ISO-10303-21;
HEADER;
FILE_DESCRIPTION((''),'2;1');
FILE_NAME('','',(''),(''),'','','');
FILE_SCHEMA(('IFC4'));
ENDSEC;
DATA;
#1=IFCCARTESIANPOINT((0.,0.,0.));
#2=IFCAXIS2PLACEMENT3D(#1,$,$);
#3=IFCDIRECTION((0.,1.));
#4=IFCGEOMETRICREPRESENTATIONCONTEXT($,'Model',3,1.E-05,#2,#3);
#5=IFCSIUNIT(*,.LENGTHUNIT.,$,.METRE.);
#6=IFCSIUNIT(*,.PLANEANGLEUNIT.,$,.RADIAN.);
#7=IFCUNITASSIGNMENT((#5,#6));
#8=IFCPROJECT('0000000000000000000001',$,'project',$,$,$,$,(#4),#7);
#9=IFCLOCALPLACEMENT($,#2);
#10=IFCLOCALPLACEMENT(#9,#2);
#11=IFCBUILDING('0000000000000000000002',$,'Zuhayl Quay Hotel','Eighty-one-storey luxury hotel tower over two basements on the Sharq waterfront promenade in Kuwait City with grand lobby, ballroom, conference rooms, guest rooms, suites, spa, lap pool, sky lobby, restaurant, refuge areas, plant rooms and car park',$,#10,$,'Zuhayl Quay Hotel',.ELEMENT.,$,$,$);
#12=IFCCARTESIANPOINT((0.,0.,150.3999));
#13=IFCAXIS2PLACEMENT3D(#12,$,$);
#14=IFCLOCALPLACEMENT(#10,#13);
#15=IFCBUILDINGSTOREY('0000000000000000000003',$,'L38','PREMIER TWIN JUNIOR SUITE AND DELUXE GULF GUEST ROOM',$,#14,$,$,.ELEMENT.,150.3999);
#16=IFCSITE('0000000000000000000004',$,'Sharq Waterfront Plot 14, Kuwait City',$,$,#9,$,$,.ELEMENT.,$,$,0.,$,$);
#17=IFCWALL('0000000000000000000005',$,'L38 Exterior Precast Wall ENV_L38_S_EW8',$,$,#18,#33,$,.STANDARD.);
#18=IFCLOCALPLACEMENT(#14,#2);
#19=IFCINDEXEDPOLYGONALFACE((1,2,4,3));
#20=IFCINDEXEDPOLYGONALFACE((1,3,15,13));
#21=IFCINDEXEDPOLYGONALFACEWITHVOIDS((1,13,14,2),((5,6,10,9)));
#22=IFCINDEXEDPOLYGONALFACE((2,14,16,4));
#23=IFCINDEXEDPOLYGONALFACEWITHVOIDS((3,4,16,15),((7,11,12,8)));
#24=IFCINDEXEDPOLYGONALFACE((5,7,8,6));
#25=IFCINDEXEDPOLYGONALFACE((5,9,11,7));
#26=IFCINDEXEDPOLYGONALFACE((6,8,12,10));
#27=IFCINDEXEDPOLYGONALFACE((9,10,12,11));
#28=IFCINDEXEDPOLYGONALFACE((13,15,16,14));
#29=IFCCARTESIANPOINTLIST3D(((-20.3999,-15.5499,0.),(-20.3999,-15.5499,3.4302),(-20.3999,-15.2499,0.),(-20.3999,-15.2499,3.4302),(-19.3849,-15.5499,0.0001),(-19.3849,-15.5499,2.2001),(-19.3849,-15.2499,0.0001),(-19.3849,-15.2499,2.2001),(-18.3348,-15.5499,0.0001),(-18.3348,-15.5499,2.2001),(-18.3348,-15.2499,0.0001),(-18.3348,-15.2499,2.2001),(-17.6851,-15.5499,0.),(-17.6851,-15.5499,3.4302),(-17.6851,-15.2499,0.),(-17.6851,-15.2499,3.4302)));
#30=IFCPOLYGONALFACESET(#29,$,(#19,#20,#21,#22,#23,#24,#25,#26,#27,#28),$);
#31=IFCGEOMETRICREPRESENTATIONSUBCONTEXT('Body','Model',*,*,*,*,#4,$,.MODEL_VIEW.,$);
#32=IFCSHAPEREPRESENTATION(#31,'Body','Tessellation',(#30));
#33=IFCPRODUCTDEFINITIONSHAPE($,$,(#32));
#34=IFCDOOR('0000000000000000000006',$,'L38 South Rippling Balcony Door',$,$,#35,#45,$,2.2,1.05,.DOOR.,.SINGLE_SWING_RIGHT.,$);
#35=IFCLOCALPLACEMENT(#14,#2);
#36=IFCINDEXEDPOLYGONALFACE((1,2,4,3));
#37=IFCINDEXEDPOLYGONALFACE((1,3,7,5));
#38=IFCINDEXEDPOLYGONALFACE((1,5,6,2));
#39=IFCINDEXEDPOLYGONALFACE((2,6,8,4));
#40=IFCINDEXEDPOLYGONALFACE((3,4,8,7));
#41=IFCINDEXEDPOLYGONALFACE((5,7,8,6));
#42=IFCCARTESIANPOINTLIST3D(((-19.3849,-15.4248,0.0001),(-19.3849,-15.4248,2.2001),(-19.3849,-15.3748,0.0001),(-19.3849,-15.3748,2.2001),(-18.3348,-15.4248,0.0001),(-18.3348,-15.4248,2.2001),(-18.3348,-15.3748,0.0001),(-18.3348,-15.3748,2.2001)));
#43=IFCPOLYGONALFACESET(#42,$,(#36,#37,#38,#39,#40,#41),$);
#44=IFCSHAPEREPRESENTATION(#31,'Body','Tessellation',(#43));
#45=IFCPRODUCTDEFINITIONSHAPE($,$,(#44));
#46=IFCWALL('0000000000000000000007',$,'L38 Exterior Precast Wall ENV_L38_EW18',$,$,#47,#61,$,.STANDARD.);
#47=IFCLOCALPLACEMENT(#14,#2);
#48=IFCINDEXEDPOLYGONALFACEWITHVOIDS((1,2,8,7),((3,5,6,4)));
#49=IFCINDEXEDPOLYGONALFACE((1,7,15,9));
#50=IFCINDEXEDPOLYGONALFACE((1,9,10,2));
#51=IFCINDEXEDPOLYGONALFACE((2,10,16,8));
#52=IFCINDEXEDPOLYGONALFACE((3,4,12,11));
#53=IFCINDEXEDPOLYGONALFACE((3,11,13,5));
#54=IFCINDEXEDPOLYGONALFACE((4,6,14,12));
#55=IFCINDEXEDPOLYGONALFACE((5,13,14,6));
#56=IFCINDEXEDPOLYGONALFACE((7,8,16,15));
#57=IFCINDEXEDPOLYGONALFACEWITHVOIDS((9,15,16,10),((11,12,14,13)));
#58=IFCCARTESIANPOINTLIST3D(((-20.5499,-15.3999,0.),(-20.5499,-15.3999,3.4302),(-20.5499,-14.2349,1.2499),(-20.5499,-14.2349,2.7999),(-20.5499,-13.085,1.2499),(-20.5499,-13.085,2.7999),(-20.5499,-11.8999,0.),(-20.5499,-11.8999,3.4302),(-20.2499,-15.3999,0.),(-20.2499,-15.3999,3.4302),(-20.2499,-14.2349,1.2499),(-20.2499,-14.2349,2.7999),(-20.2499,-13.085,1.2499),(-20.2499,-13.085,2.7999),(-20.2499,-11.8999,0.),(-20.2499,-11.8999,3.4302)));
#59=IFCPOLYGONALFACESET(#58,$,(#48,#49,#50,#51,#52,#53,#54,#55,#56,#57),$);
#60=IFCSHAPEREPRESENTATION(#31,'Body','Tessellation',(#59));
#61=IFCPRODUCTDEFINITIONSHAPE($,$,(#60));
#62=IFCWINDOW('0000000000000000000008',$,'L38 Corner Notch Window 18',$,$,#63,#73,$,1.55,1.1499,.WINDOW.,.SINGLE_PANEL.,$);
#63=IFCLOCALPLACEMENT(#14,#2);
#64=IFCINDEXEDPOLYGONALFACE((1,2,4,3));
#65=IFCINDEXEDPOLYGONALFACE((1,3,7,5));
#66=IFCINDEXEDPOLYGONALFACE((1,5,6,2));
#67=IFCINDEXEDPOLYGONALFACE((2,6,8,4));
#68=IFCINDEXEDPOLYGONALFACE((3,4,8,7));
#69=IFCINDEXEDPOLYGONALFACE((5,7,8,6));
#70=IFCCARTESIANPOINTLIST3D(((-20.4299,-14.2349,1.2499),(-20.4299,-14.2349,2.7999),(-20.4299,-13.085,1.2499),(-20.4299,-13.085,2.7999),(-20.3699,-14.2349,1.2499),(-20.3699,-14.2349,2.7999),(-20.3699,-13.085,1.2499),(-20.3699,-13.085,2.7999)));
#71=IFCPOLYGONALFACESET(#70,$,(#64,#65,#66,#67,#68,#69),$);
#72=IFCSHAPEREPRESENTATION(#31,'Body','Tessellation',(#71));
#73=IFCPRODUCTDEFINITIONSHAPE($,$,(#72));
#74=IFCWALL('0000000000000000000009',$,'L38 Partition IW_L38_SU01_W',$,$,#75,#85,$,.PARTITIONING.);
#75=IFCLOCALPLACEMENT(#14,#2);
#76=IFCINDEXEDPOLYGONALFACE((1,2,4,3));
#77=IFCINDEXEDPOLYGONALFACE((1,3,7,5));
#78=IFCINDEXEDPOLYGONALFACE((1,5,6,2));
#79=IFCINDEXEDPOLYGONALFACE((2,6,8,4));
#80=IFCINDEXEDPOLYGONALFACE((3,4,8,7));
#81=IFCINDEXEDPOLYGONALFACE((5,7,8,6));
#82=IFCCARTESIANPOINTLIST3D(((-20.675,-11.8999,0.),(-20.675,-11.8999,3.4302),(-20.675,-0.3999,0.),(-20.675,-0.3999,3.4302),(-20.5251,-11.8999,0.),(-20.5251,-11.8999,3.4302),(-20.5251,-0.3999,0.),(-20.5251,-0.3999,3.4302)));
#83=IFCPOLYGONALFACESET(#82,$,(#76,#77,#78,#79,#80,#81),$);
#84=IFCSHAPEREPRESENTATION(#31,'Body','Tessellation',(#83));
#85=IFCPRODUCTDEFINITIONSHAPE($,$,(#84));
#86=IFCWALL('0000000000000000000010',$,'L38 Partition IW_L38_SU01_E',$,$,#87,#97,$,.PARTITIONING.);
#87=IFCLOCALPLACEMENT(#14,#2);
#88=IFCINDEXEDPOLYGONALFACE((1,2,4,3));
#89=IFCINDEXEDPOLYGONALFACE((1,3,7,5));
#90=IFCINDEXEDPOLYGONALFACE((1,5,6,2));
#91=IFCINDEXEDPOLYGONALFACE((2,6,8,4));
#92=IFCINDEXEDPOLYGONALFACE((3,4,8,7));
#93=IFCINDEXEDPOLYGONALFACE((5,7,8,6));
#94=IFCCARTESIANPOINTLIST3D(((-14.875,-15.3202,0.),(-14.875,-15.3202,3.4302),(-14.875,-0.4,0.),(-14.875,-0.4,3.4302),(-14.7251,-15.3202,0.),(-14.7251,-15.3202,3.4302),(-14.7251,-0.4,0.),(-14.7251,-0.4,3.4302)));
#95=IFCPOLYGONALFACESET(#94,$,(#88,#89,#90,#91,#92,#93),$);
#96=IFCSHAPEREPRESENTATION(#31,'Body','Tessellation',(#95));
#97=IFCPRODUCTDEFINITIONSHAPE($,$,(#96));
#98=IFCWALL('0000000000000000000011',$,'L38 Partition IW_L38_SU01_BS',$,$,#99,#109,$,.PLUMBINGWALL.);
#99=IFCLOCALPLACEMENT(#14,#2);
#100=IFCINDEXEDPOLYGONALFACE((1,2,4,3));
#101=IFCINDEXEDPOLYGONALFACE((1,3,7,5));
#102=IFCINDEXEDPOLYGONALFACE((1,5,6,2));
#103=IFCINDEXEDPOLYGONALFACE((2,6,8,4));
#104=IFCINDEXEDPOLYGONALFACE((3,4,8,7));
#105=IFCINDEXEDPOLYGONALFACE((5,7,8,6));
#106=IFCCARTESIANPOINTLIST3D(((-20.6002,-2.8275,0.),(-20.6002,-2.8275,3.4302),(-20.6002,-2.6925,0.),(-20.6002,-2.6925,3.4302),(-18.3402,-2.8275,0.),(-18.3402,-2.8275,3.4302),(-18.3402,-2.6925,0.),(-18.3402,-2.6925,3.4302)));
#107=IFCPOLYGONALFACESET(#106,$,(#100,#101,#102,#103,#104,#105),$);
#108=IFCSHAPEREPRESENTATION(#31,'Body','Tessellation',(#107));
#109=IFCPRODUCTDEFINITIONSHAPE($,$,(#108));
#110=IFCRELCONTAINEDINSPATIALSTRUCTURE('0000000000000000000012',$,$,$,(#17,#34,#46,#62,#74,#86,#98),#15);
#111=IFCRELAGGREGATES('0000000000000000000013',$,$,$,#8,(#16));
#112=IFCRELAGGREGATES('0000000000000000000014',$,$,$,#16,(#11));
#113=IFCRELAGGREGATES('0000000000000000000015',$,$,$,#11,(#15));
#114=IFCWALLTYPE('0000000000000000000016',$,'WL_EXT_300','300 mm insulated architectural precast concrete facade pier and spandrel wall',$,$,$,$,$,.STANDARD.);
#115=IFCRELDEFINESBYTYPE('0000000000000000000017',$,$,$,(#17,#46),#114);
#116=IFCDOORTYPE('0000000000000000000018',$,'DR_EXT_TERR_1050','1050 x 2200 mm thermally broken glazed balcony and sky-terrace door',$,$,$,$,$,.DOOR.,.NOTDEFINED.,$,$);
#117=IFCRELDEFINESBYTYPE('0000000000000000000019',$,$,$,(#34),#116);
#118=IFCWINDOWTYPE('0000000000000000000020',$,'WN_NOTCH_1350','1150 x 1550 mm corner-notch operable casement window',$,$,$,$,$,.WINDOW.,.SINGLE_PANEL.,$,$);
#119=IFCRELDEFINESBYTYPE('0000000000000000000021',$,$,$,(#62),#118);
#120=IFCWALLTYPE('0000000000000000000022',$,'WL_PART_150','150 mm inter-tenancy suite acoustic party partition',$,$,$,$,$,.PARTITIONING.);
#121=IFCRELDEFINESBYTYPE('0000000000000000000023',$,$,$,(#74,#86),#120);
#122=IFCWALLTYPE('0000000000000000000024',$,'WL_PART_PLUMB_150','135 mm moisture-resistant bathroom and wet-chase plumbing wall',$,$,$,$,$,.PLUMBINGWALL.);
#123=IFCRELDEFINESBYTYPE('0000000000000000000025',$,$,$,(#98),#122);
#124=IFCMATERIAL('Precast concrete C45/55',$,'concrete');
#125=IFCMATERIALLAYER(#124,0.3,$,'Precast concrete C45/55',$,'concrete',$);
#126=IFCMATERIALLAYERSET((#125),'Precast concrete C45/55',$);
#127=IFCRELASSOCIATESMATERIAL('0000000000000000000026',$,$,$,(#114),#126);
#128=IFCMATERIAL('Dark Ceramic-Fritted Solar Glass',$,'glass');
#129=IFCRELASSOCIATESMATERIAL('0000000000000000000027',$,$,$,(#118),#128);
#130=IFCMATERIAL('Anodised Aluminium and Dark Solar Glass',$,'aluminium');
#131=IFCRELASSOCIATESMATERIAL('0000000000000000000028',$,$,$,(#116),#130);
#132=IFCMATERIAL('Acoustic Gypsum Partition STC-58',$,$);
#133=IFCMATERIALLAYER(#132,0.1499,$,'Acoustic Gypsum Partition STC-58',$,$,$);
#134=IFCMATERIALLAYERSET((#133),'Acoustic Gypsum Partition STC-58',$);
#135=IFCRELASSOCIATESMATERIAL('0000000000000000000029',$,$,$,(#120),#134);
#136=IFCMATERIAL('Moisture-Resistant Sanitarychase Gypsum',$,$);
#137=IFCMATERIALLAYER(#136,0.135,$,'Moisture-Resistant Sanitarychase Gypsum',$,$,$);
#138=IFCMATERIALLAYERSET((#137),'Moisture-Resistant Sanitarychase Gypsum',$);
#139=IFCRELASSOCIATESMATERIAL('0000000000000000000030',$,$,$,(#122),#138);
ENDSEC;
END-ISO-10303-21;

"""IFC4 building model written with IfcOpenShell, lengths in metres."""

from ifc_helpers import new_model, si_unit, direction, frame, frame_2d, origin, place, context, subcontext, project, spatial, rectangle, extrude, material, layer, layer_set, type_object, element, fill, save


model = new_model("IFC4")

# Units and contexts
model_context = context("Model", 3, precision=1e-05, world=origin(), true_north=direction((0.0, 1.0)))
body_context = subcontext(model_context, "Body", "Model", "MODEL_VIEW")
ifc_project = project(units=[si_unit("LENGTHUNIT", "METRE"), si_unit("PLANEANGLEUNIT", "RADIAN")], contexts=[model_context])

# Site, building, storey
site_placement = place(None, origin())
site = spatial("IfcSite", under=ifc_project, at=site_placement, Name="Sharq Waterfront Plot 14, Kuwait City", CompositionType="ELEMENT", RefElevation=0.0)
building_placement = place(site_placement, origin())
building = spatial("IfcBuilding", under=site, at=building_placement, Name="Zuhayl Quay Hotel", Description="Eighty-one-storey luxury hotel tower over two basements on the Sharq waterfront promenade in Kuwait City with grand lobby, ballroom, conference rooms, guest rooms, suites, spa, lap pool, sky lobby, restaurant, refuge areas, plant rooms and car park", LongName="Zuhayl Quay Hotel", CompositionType="ELEMENT")
storey_placement = place(building_placement, frame((0.0, 0.0, 150.3999)))
storey = spatial("IfcBuildingStorey", under=building, at=storey_placement, Name="L38", Description="PREMIER TWIN JUNIOR SUITE AND DELUXE GULF GUEST ROOM", CompositionType="ELEMENT", Elevation=150.3999)

# Shared definitions
ifc_material_1 = material(Name="Dark Ceramic-Fritted Solar Glass", Category="glass")

# Shared definitions
ifc_material_2 = material(Name="Precast concrete C45/55", Category="concrete")
ifc_layer_1 = layer(ifc_material_2, 0.3, Name="Precast concrete C45/55", Category="concrete")
ifc_layer_set_1 = layer_set([ifc_layer_1], Name="Precast concrete C45/55")
wall_type_1 = type_object("IfcWallType", Name="WL_EXT_300", Description="300 mm insulated architectural precast concrete facade pier and spandrel wall", PredefinedType="STANDARD", material=ifc_layer_set_1)
window_type = type_object("IfcWindowType", Name="WN_NOTCH_1350", Description="1150 x 1550 mm corner-notch operable casement window", PartitioningType="SINGLE_PANEL", PredefinedType="WINDOW", material=ifc_material_1)

# Wall, opening, door
wall_1_placement = place(storey_placement, frame((-17.6851, -15.3999, 0.0), z_axis=(0.0, 0.0, 1.0), x_axis=(-1.0, 0.0, 0.0)))
wall_1 = element("IfcWall", 1, at=wall_1_placement, inside=storey, type_object=wall_type_1, Name="L38 Exterior Precast Wall ENV_L38_S_EW8", PredefinedType="STANDARD", context=body_context, shape_type="SweptSolid", body=[
    extrude(rectangle(XDim=2.7148, YDim=0.3, at=frame_2d((1.3574, 0.0))), origin(), (0.0, 0.0, 1.0), 3.4302),
])
opening_1_placement = place(wall_1_placement, frame((0.6499, 0.0, 0.0)))
opening_1 = element("IfcOpeningElement", 2, at=opening_1_placement, cuts=wall_1, PredefinedType="OPENING", context=body_context, shape_type="SweptSolid", body=[
    extrude(rectangle(XDim=1.05, YDim=2.2, at=frame_2d((0.5249, 1.1001))), frame((0.0, 0.1599, 0.0), z_axis=(0.0, -1.0, 0.0), x_axis=(1.0, 0.0, 0.0)), (0.0, 0.0, 1.0), 0.3201),
])
ifc_material_3 = material(Name="Anodised Aluminium and Dark Solar Glass", Category="aluminium")
door_type = type_object("IfcDoorType", Name="DR_EXT_TERR_1050", Description="1050 x 2200 mm thermally broken glazed balcony and sky-terrace door", OperationType="NOTDEFINED", PredefinedType="DOOR", material=ifc_material_3)
door_placement = place(opening_1_placement, origin())
door = element("IfcDoor", 3, at=door_placement, inside=storey, type_object=door_type, Name="L38 South Rippling Balcony Door", OperationType="SINGLE_SWING_RIGHT", OverallHeight=2.2, OverallWidth=1.05, PredefinedType="DOOR", context=body_context, shape_type="SweptSolid", body=[
    extrude(rectangle(XDim=1.05, YDim=2.2, at=frame_2d((0.5249, 1.1001))), frame((0.0, 0.0249, 0.0), z_axis=(0.0, -1.0, 0.0), x_axis=(1.0, 0.0, 0.0)), (0.0, 0.0, 1.0), 0.05),
])
fill(opening_1, door)

# Wall, opening, window
wall_2_placement = place(storey_placement, frame((-20.3999, -15.3999, 0.0), z_axis=(0.0, 0.0, 1.0), x_axis=(0.0, 1.0, 0.0)))
wall_2 = element("IfcWall", 4, at=wall_2_placement, inside=storey, type_object=wall_type_1, Name="L38 Exterior Precast Wall ENV_L38_EW18", PredefinedType="STANDARD", context=body_context, shape_type="SweptSolid", body=[
    extrude(rectangle(XDim=3.5, YDim=0.3, at=frame_2d((1.75, 0.0))), origin(), (0.0, 0.0, 1.0), 3.4302),
])
opening_2_placement = place(wall_2_placement, frame((1.165, 0.0, 1.25)))
opening_2 = element("IfcOpeningElement", 5, at=opening_2_placement, cuts=wall_2, PredefinedType="OPENING", context=body_context, shape_type="SweptSolid", body=[
    extrude(rectangle(XDim=1.1499, YDim=1.55, at=frame_2d((0.575, 0.7749))), frame((0.0, 0.1599, 0.0), z_axis=(0.0, -1.0, 0.0), x_axis=(1.0, 0.0, 0.0)), (0.0, 0.0, 1.0), 0.3201),
])
window_1_placement = place(opening_2_placement, origin())
window_1 = element("IfcWindow", 6, at=window_1_placement, inside=storey, type_object=window_type, Name="L38 Corner Notch Window 18", OverallHeight=1.55, OverallWidth=1.1499, PartitioningType="SINGLE_PANEL", PredefinedType="WINDOW", context=body_context, shape_type="SweptSolid", body=[
    extrude(rectangle(XDim=1.1499, YDim=1.55, at=frame_2d((0.575, 0.7749))), frame((0.0, 0.03, 0.0), z_axis=(0.0, -1.0, 0.0), x_axis=(1.0, 0.0, 0.0)), (0.0, 0.0, 1.0), 0.0601),
])
fill(opening_2, window_1)

# Walls
ifc_material_4 = material(Name="Acoustic Gypsum Partition STC-58")
ifc_layer_2 = layer(ifc_material_4, 0.1499, Name="Acoustic Gypsum Partition STC-58")
ifc_layer_set_2 = layer_set([ifc_layer_2], Name="Acoustic Gypsum Partition STC-58")
wall_type_2 = type_object("IfcWallType", Name="WL_PART_150", Description="150 mm inter-tenancy suite acoustic party partition", PredefinedType="PARTITIONING", material=ifc_layer_set_2)
wall_3_placement = place(storey_placement, frame((-20.6001, -11.8999, 0.0), z_axis=(0.0, 0.0, 1.0), x_axis=(0.0, 1.0, 0.0)))
element("IfcWall", 7, at=wall_3_placement, inside=storey, type_object=wall_type_2, Name="L38 Partition IW_L38_SU01_W", PredefinedType="PARTITIONING", context=body_context, shape_type="SweptSolid", body=[
    extrude(rectangle(XDim=11.5, YDim=0.1499, at=frame_2d((5.75, 0.0))), origin(), (0.0, 0.0, 1.0), 3.4302),
])
wall_4_placement = place(storey_placement, frame((-14.8, -15.3201, 0.0), z_axis=(0.0, 0.0, 1.0), x_axis=(0.0, 1.0, 0.0)))
element("IfcWall", 8, at=wall_4_placement, inside=storey, type_object=wall_type_2, Name="L38 Partition IW_L38_SU01_E", PredefinedType="PARTITIONING", context=body_context, shape_type="SweptSolid", body=[
    extrude(rectangle(XDim=14.9202, YDim=0.1499, at=frame_2d((7.46, 0.0))), origin(), (0.0, 0.0, 1.0), 3.4302),
])
ifc_material_5 = material(Name="Moisture-Resistant Sanitarychase Gypsum")
ifc_layer_3 = layer(ifc_material_5, 0.135, Name="Moisture-Resistant Sanitarychase Gypsum")
ifc_layer_set_3 = layer_set([ifc_layer_3], Name="Moisture-Resistant Sanitarychase Gypsum")
wall_type_3 = type_object("IfcWallType", Name="WL_PART_PLUMB_150", Description="135 mm moisture-resistant bathroom and wet-chase plumbing wall", PredefinedType="PLUMBINGWALL", material=ifc_layer_set_3)
wall_5_placement = place(storey_placement, frame((-20.6001, -2.76, 0.0), z_axis=(0.0, 0.0, 1.0), x_axis=(1.0, 0.0, 0.0)))
element("IfcWall", 9, at=wall_5_placement, inside=storey, type_object=wall_type_3, Name="L38 Partition IW_L38_SU01_BS", PredefinedType="PLUMBINGWALL", context=body_context, shape_type="SweptSolid", body=[
    extrude(rectangle(XDim=2.26, YDim=0.135, at=frame_2d((1.1299, 0.0))), origin(), (0.0, 0.0, 1.0), 3.4302),
])

save(model, "model.ifc")
